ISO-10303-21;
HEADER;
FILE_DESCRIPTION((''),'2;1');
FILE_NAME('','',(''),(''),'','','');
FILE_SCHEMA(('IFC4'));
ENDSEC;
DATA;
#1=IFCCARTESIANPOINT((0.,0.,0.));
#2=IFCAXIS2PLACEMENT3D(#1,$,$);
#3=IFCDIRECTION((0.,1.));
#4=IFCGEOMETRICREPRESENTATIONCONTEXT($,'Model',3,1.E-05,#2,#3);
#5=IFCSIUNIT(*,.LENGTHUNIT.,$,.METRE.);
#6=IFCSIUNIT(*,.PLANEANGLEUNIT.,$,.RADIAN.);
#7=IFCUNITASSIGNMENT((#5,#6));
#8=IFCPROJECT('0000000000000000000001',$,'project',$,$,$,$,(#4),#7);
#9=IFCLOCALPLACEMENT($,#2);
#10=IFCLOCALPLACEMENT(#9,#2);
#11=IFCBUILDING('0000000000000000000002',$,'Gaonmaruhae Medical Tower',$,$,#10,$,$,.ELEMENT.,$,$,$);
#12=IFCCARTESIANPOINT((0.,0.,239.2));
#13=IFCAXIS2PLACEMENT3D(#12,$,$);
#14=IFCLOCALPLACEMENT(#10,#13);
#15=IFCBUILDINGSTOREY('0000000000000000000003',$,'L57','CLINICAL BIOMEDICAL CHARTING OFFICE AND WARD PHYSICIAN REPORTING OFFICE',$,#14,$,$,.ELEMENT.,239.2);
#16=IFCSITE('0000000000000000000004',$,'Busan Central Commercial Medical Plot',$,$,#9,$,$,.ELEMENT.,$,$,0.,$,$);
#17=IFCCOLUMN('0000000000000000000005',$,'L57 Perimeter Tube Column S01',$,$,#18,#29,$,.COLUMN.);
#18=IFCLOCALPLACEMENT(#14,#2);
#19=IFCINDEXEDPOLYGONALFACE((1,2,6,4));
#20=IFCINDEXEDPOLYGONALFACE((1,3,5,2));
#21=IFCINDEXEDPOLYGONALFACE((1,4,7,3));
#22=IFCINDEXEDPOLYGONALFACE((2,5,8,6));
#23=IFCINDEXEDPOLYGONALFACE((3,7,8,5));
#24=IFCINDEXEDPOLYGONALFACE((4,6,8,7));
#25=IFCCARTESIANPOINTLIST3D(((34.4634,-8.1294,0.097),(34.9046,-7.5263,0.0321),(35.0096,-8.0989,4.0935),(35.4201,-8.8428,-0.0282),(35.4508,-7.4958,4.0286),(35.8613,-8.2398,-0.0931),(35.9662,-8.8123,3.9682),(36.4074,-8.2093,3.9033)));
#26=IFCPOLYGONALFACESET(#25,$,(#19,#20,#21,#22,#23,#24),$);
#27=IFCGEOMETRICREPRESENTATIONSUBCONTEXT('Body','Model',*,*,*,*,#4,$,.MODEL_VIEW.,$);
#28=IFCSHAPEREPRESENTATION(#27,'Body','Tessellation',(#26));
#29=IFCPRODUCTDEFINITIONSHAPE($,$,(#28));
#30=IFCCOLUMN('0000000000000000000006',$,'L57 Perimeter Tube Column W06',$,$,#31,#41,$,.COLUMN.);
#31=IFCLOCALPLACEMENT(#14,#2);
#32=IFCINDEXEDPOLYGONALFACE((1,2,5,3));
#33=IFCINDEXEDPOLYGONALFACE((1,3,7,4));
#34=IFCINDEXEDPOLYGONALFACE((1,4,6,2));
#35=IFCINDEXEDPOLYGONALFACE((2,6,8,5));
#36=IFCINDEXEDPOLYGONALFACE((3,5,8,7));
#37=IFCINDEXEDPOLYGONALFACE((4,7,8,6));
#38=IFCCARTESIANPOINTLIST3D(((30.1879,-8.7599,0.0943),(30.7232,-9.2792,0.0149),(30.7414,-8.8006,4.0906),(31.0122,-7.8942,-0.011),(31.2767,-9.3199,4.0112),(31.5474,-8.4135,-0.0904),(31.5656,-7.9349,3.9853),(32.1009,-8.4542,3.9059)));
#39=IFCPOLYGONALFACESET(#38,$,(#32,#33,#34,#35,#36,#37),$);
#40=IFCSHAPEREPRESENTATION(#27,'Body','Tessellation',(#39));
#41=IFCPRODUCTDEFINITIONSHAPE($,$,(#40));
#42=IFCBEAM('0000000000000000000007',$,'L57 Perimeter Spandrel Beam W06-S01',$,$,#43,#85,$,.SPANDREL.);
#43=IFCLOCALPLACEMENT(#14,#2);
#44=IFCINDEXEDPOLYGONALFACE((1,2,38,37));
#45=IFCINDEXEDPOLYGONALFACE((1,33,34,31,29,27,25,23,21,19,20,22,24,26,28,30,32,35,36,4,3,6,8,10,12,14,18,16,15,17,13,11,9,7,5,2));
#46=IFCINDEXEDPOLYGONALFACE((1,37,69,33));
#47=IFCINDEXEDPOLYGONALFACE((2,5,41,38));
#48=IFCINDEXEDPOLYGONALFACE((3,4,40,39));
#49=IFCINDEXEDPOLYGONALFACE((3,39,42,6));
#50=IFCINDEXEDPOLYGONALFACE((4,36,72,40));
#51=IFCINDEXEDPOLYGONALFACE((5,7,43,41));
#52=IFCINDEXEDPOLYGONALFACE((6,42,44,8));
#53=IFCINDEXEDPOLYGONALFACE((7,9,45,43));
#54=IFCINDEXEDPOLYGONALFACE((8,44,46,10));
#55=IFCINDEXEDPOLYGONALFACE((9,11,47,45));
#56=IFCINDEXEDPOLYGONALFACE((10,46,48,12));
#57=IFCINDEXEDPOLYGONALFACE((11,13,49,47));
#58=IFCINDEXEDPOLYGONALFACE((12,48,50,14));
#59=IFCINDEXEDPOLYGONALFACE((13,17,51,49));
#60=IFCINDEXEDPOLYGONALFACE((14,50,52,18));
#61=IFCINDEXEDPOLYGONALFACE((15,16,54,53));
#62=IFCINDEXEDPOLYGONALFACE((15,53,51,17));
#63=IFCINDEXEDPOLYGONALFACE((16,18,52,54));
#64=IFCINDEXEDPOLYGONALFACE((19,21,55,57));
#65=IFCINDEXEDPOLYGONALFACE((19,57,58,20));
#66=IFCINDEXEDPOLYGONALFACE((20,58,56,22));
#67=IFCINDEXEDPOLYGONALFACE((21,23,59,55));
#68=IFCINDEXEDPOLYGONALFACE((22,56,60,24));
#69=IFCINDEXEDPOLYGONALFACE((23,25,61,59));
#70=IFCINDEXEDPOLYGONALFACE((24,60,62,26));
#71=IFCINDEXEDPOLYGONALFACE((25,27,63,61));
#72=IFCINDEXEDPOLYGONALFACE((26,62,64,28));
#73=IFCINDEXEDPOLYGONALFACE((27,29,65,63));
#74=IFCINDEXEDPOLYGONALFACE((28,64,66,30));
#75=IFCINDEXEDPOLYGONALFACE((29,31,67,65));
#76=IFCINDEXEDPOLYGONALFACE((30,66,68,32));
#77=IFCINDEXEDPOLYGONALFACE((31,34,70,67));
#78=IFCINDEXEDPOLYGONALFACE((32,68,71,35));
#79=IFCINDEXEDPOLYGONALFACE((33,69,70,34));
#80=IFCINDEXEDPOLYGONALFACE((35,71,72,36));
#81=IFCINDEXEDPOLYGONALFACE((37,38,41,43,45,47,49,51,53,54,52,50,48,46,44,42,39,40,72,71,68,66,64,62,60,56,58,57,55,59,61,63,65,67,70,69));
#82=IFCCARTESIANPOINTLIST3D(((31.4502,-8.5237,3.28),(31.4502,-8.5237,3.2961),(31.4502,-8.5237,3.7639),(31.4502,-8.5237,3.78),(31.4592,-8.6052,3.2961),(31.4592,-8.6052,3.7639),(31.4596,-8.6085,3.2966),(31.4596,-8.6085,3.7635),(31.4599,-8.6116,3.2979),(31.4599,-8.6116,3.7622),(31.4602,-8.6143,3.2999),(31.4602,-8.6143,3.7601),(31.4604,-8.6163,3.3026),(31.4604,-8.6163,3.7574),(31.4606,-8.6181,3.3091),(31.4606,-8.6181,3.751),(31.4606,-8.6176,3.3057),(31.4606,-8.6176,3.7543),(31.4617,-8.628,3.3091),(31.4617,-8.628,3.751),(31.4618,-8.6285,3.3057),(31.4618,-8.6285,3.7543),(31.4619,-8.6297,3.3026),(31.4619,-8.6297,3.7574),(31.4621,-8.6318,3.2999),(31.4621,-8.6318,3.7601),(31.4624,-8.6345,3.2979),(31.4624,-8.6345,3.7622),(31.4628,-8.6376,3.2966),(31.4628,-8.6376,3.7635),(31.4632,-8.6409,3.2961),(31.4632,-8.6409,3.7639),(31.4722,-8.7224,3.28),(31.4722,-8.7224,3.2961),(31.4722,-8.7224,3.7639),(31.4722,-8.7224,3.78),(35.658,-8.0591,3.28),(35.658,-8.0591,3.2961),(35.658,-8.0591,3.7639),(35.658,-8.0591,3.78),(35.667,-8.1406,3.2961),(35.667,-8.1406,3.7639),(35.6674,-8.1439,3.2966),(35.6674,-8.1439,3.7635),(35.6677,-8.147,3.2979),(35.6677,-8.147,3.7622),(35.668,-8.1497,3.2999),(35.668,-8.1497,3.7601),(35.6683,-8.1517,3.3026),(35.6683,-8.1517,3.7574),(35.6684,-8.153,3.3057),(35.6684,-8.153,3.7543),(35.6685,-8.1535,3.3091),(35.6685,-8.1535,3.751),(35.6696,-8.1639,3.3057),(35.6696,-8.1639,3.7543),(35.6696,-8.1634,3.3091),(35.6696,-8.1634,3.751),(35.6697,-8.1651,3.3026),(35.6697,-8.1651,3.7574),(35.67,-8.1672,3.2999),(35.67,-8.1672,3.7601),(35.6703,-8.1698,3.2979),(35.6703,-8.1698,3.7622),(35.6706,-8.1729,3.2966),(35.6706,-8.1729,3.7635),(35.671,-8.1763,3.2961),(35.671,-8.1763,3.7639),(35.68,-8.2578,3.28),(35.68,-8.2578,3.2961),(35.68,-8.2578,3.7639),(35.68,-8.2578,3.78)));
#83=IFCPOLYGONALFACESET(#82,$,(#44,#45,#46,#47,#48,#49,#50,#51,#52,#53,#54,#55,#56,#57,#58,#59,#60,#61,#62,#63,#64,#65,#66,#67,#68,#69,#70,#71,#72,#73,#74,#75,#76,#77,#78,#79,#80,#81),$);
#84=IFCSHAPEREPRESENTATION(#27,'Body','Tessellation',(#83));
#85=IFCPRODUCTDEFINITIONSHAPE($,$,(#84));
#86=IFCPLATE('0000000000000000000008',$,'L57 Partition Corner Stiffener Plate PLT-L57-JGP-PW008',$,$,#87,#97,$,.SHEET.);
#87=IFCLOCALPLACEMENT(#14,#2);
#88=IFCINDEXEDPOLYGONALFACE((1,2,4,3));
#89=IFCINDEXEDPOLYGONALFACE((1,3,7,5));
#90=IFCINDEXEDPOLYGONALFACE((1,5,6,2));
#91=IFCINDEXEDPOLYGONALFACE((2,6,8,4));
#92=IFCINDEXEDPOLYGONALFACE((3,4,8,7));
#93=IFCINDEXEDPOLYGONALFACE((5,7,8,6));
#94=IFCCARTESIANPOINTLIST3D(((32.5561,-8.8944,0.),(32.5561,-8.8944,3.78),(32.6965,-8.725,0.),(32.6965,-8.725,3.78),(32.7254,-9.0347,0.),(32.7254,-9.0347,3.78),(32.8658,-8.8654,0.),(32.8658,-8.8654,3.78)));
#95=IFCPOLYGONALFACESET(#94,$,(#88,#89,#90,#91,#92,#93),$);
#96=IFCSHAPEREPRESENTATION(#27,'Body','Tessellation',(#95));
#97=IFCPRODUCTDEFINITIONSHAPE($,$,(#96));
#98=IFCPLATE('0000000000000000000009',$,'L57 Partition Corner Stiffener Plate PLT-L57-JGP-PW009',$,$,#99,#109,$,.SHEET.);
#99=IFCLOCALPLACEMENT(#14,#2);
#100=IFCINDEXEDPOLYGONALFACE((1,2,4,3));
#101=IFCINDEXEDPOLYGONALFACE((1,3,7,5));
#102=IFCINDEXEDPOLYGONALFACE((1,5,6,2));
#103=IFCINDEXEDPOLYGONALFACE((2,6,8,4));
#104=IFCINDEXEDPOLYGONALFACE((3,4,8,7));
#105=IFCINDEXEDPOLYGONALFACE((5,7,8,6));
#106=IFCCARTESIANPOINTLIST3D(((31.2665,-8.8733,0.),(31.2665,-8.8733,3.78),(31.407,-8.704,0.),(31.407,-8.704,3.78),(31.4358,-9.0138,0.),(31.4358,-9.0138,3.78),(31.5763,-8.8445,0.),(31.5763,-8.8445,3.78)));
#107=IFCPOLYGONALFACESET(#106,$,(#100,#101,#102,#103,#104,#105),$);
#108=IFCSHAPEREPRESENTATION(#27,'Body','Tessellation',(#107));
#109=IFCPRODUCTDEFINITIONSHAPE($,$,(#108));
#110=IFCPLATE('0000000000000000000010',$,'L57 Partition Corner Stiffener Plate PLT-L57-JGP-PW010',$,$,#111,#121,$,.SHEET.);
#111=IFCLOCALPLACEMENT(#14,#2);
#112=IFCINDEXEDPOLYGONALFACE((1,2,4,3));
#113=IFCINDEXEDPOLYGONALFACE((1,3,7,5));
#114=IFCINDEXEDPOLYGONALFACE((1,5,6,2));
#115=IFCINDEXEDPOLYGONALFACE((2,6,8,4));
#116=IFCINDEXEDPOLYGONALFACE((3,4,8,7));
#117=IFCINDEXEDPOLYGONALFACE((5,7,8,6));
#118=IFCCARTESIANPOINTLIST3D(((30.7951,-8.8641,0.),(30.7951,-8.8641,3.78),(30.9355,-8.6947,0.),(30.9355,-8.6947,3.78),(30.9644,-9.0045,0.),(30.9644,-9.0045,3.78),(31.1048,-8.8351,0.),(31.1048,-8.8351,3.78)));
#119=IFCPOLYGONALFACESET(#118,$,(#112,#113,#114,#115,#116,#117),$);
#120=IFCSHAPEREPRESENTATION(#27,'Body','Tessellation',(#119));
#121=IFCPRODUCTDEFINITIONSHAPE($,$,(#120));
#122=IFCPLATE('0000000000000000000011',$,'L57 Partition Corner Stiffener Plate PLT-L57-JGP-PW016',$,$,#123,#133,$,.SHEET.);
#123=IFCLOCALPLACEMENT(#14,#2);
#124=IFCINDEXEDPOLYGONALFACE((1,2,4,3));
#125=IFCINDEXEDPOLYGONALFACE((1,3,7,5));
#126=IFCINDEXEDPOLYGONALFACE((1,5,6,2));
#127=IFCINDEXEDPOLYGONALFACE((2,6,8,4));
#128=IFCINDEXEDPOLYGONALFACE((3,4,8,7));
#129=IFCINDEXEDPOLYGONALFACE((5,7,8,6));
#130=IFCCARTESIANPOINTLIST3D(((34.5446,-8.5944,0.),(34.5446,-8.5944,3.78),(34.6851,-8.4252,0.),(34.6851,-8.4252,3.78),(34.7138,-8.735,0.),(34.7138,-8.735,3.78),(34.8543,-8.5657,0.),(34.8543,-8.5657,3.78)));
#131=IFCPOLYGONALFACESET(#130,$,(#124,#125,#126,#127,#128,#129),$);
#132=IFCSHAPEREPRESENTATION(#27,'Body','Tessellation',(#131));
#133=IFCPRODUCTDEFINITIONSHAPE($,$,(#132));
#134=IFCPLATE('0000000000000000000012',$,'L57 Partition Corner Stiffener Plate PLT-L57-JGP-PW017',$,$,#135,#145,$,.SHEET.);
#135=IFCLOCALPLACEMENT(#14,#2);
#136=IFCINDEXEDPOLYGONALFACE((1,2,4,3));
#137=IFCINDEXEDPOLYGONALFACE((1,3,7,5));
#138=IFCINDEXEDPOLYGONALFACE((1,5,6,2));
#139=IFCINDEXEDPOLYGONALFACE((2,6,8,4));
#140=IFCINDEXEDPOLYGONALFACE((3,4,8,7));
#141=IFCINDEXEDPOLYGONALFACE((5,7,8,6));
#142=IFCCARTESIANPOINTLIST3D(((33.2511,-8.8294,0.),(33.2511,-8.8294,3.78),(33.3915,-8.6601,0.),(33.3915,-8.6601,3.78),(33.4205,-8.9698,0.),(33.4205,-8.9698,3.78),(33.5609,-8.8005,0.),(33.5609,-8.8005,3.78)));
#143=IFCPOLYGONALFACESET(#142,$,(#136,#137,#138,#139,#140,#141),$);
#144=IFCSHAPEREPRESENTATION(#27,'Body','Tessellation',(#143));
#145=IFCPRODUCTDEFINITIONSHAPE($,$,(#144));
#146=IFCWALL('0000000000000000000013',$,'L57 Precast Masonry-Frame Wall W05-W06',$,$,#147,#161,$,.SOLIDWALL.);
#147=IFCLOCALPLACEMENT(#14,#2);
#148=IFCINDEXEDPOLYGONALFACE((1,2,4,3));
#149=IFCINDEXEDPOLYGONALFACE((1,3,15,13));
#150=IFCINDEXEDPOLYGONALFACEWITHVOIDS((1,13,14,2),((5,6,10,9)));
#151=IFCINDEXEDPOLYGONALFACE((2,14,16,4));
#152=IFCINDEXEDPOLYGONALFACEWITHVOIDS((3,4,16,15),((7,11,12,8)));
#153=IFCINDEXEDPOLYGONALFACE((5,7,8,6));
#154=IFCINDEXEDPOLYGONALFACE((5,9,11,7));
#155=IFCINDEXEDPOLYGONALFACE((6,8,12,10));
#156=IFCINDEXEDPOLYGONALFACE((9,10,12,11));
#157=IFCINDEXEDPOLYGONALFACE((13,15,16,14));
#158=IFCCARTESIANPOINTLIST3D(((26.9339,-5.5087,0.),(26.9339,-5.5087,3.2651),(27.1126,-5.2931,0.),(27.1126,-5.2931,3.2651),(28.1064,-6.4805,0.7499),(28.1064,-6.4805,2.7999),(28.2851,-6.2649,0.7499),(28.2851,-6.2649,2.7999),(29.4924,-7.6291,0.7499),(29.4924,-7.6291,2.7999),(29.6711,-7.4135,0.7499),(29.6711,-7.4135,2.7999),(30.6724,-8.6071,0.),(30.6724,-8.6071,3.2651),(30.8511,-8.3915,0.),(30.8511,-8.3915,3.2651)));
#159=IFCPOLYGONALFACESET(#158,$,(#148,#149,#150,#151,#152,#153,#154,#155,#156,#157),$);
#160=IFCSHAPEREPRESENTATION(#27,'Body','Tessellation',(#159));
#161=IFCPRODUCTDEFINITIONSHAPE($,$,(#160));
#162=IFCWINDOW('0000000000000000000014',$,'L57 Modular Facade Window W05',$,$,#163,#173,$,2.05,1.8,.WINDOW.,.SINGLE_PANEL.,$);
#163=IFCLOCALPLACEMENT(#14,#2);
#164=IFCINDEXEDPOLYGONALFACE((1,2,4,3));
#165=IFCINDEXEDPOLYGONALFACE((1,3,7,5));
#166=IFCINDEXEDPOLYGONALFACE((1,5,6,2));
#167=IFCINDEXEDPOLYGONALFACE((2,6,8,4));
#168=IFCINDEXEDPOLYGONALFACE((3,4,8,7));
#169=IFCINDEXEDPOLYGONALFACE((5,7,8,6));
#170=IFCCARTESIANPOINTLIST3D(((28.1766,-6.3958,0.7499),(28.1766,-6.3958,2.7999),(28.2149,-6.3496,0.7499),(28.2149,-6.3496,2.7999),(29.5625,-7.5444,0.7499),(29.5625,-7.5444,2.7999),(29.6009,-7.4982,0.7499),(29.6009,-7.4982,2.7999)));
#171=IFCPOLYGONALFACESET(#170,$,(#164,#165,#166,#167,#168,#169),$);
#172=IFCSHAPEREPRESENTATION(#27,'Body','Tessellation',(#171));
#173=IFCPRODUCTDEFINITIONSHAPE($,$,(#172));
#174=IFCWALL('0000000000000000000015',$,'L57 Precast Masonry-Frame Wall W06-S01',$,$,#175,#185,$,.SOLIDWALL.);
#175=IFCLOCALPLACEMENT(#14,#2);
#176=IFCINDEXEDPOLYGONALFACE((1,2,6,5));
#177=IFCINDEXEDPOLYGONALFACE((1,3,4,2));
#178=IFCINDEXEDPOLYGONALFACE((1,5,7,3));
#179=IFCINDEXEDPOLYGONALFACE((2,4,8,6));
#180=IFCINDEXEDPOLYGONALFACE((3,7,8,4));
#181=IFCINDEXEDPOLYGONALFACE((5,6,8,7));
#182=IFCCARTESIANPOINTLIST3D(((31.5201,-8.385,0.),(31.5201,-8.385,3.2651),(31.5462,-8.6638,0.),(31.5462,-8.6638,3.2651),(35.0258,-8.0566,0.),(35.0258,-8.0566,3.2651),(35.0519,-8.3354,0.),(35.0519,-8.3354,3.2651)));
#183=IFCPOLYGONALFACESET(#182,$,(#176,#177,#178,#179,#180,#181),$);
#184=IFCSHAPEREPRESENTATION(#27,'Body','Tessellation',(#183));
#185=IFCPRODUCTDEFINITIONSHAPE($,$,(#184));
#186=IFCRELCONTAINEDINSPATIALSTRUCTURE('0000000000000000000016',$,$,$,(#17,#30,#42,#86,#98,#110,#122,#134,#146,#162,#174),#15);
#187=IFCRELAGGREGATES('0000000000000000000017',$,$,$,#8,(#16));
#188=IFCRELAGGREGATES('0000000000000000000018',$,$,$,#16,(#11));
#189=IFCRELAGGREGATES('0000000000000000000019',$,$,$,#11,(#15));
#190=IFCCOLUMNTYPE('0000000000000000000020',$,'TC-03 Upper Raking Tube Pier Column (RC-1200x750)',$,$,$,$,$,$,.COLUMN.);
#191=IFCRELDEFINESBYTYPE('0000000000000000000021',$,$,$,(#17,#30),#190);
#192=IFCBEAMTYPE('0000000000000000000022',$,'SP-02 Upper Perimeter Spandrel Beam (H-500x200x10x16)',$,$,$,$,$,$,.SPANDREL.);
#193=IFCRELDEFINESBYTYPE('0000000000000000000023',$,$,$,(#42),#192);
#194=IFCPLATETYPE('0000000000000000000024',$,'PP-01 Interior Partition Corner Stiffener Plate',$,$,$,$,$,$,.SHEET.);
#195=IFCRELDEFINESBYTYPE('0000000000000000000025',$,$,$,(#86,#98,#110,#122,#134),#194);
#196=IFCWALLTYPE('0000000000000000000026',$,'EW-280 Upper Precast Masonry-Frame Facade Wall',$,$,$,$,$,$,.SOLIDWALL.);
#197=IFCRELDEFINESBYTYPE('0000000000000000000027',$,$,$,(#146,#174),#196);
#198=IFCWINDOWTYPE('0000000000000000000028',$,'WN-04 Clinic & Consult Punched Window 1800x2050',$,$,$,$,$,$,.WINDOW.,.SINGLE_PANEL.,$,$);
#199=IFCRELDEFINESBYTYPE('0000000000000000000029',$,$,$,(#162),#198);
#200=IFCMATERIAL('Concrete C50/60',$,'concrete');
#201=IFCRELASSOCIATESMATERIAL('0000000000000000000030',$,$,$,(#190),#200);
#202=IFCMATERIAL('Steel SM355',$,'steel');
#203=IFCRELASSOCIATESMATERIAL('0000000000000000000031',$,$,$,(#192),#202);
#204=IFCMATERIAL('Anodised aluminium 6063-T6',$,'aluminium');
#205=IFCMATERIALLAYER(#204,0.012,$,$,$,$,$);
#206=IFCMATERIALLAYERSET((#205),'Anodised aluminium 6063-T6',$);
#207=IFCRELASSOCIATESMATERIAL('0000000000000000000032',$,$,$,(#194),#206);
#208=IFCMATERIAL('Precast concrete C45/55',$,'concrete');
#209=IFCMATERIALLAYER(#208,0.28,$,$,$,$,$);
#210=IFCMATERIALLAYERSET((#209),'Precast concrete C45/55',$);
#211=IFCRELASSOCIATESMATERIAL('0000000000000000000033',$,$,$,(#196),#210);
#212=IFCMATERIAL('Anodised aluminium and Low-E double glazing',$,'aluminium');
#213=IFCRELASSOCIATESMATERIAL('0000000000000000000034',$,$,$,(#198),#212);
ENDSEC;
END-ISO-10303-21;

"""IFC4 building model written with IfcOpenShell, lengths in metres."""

from ifc_helpers import new_model, si_unit, direction, frame, frame_2d, origin, origin_2d, place, context, subcontext, project, spatial, rectangle, i_section, extrude, material, layer, layer_set, material_profile, profile_set, type_object, element, fill, save


model = new_model("IFC4")

# Units and contexts
model_context = context("Model", 3, precision=1e-05, world=origin(), true_north=direction((0.0, 1.0)))
body_context = subcontext(model_context, "Body", "Model", "MODEL_VIEW")
ifc_project = project(units=[si_unit("LENGTHUNIT", "METRE"), si_unit("PLANEANGLEUNIT", "RADIAN")], contexts=[model_context])

# Site, building, storey
site_placement = place(None, origin())
site = spatial("IfcSite", under=ifc_project, at=site_placement, Name="Busan Central Commercial Medical Plot", CompositionType="ELEMENT", RefElevation=0.0)
building_placement = place(site_placement, origin())
building = spatial("IfcBuilding", under=site, at=building_placement, Name="Gaonmaruhae Medical Tower", CompositionType="ELEMENT")
storey_placement = place(building_placement, frame((0.0, 0.0, 239.2)))
storey = spatial("IfcBuildingStorey", under=building, at=storey_placement, Name="L57", Description="CLINICAL BIOMEDICAL CHARTING OFFICE AND WARD PHYSICIAN REPORTING OFFICE", CompositionType="ELEMENT", Elevation=239.2)

# Columns
ifc_material_1 = material(Name="Concrete C50/60", Category="concrete")
ifc_material_profile_1 = material_profile(ifc_material_1, rectangle(XDim=1.2, YDim=0.75, at=origin_2d()), Name="RC-1200x750")
ifc_profile_set_1 = profile_set([ifc_material_profile_1], Name="Concrete C50/60")
column_type = type_object("IfcColumnType", Name="TC-03 Upper Raking Tube Pier Column (RC-1200x750)", PredefinedType="COLUMN", material=ifc_profile_set_1)
column_1_placement = place(storey_placement, frame((35.1624, -8.1846, 0.002), z_axis=(0.135398, 0.007566, 0.990762), x_axis=(-0.797256, 0.594542, 0.104413)))
element("IfcColumn", 1, at=column_1_placement, inside=storey, type_object=column_type, Name="L57 Perimeter Tube Column S01", PredefinedType="COLUMN", context=body_context, shape_type="SweptSolid", body=[
    extrude(rectangle(XDim=1.2, YDim=0.75, at=origin_2d()), origin(), (0.0, 0.0, 1.0), 4.0337),
])
column_2_placement = place(storey_placement, frame((30.8677, -8.5867, 0.002), z_axis=(0.137177, -0.010105, 0.990495), x_axis=(-0.686889, -0.721443, 0.087769)))
element("IfcColumn", 2, at=column_2_placement, inside=storey, type_object=column_type, Name="L57 Perimeter Tube Column W06", PredefinedType="COLUMN", context=body_context, shape_type="SweptSolid", body=[
    extrude(rectangle(XDim=1.2, YDim=0.75, at=origin_2d()), origin(), (0.0, 0.0, 1.0), 4.0347),
])

# Beam
ifc_material_2 = material(Name="Steel SM355", Category="steel")
ifc_material_profile_2 = material_profile(ifc_material_2, i_section(OverallWidth=0.2, OverallDepth=0.5, WebThickness=0.01, FlangeThickness=0.0161, FilletRadius=0.0129, at=origin_2d()), Name="H-500x200x10x16")
ifc_profile_set_2 = profile_set([ifc_material_profile_2], Name="Steel SM355")
beam_type = type_object("IfcBeamType", Name="SP-02 Upper Perimeter Spandrel Beam (H-500x200x10x16)", PredefinedType="SPANDREL", material=ifc_profile_set_2)
beam_placement = place(storey_placement, frame((31.4612, -8.623, 3.53), z_axis=(0.993959, 0.109748, 0.0), x_axis=(-0.109748, 0.993959, 0.0)))
element("IfcBeam", 3, at=beam_placement, inside=storey, type_object=beam_type, Name="L57 Perimeter Spandrel Beam W06-S01", PredefinedType="SPANDREL", context=body_context, shape_type="SweptSolid", body=[
    extrude(i_section(OverallWidth=0.2, OverallDepth=0.5, WebThickness=0.01, FlangeThickness=0.0161, FilletRadius=0.0129, at=origin_2d()), origin(), (0.0, 0.0, 1.0), 4.2334),
])

# Plates
ifc_material_3 = material(Name="Anodised aluminium 6063-T6", Category="aluminium")
ifc_layer_1 = layer(ifc_material_3, 0.012)
ifc_layer_set_1 = layer_set([ifc_layer_1], Name="Anodised aluminium 6063-T6")
plate_type = type_object("IfcPlateType", Name="PP-01 Interior Partition Corner Stiffener Plate", PredefinedType="SHEET", material=ifc_layer_set_1)
for number, where, z_axis, x_axis, name in (
    (4, (32.7109, -8.8799, 0.0), (0.0, 0.0, 1.0), (-0.769879, 0.63819, 0.0), "L57 Partition Corner Stiffener Plate PLT-L57-JGP-PW008"),
    (5, (31.4214, -8.8589, 0.0), (0.0, 0.0, 1.0), (-0.638513, -0.769611, 0.0), "L57 Partition Corner Stiffener Plate PLT-L57-JGP-PW009"),
    (6, (30.95, -8.8496, 0.0), (0.0, 0.0, 1.0), (-0.769778, 0.638311, 0.0), "L57 Partition Corner Stiffener Plate PLT-L57-JGP-PW010"),
    (7, (34.6995, -8.5801, 0.0), (0.0, 0.0, 1.0), (-0.769322, 0.638862, 0.0), "L57 Partition Corner Stiffener Plate PLT-L57-JGP-PW016"),
    (8, (33.406, -8.8149, 0.0), (0.0, 0.0, 1.0), (-0.63819, -0.769879, 0.0), "L57 Partition Corner Stiffener Plate PLT-L57-JGP-PW017"),
):
    element("IfcPlate", number, at=place(storey_placement, frame(where, z_axis=z_axis, x_axis=x_axis)), inside=storey, type_object=plate_type, Name=name, PredefinedType="SHEET", context=body_context, shape_type="SweptSolid", body=[
        extrude(rectangle(XDim=0.22, YDim=0.22, at=origin_2d()), origin(), (0.0, 0.0, 1.0), 3.78),
    ])

# Wall, opening, window
ifc_material_4 = material(Name="Precast concrete C45/55", Category="concrete")
ifc_layer_2 = layer(ifc_material_4, 0.28)
ifc_layer_set_2 = layer_set([ifc_layer_2], Name="Precast concrete C45/55")
wall_type_1 = type_object("IfcWallType", Name="EW-280 Upper Precast Masonry-Frame Facade Wall", PredefinedType="SOLIDWALL", material=ifc_layer_set_2)
wall_1_placement = place(storey_placement, frame((30.7617, -8.4993, 0.0), z_axis=(0.0, 0.0, 1.0), x_axis=(-0.769945, 0.63811, 0.0)))
wall_1 = element("IfcWall", 9, at=wall_1_placement, inside=storey, type_object=wall_type_1, Name="L57 Precast Masonry-Frame Wall W05-W06", PredefinedType="SOLIDWALL", context=body_context, shape_type="SweptSolid", body=[
    extrude(rectangle(XDim=4.8555, YDim=0.28, at=frame_2d((2.4277, 0.0))), origin(), (0.0, 0.0, 1.0), 3.2651),
])
opening_placement = place(wall_1_placement, frame((1.5327, 0.0, 0.75)))
opening = element("IfcOpeningElement", 10, at=opening_placement, cuts=wall_1, PredefinedType="OPENING", context=body_context, shape_type="SweptSolid", body=[
    extrude(rectangle(XDim=1.8, YDim=2.05, at=frame_2d((0.8999, 1.0249))), frame((0.0, 0.1499, 0.0), z_axis=(0.0, -1.0, 0.0), x_axis=(1.0, 0.0, 0.0)), (0.0, 0.0, 1.0), 0.3),
])
ifc_material_5 = material(Name="Anodised aluminium and Low-E double glazing", Category="aluminium")
window_type = type_object("IfcWindowType", Name="WN-04 Clinic & Consult Punched Window 1800x2050", PartitioningType="SINGLE_PANEL", PredefinedType="WINDOW", material=ifc_material_5)
window_placement = place(opening_placement, origin())
window = element("IfcWindow", 11, at=window_placement, inside=storey, type_object=window_type, Name="L57 Modular Facade Window W05", OverallHeight=2.05, OverallWidth=1.8, PartitioningType="SINGLE_PANEL", PredefinedType="WINDOW", context=body_context, shape_type="SweptSolid", body=[
    extrude(rectangle(XDim=1.8, YDim=2.05, at=frame_2d((0.8999, 1.0249))), frame((0.0, 0.03, 0.0), z_axis=(0.0, -1.0, 0.0), x_axis=(1.0, 0.0, 0.0)), (0.0, 0.0, 1.0), 0.0601),
])
fill(opening, window)

# Wall
wall_2_placement = place(storey_placement, frame((35.0388, -8.196, 0.0), z_axis=(0.0, 0.0, 1.0), x_axis=(-0.995642, -0.093261, 0.0)))
element("IfcWall", 12, at=wall_2_placement, inside=storey, type_object=wall_type_1, Name="L57 Precast Masonry-Frame Wall W06-S01", PredefinedType="SOLIDWALL", context=body_context, shape_type="SweptSolid", body=[
    extrude(rectangle(XDim=3.521, YDim=0.28, at=frame_2d((1.7605, 0.0))), origin(), (0.0, 0.0, 1.0), 3.2651),
])

save(model, "model.ifc")
